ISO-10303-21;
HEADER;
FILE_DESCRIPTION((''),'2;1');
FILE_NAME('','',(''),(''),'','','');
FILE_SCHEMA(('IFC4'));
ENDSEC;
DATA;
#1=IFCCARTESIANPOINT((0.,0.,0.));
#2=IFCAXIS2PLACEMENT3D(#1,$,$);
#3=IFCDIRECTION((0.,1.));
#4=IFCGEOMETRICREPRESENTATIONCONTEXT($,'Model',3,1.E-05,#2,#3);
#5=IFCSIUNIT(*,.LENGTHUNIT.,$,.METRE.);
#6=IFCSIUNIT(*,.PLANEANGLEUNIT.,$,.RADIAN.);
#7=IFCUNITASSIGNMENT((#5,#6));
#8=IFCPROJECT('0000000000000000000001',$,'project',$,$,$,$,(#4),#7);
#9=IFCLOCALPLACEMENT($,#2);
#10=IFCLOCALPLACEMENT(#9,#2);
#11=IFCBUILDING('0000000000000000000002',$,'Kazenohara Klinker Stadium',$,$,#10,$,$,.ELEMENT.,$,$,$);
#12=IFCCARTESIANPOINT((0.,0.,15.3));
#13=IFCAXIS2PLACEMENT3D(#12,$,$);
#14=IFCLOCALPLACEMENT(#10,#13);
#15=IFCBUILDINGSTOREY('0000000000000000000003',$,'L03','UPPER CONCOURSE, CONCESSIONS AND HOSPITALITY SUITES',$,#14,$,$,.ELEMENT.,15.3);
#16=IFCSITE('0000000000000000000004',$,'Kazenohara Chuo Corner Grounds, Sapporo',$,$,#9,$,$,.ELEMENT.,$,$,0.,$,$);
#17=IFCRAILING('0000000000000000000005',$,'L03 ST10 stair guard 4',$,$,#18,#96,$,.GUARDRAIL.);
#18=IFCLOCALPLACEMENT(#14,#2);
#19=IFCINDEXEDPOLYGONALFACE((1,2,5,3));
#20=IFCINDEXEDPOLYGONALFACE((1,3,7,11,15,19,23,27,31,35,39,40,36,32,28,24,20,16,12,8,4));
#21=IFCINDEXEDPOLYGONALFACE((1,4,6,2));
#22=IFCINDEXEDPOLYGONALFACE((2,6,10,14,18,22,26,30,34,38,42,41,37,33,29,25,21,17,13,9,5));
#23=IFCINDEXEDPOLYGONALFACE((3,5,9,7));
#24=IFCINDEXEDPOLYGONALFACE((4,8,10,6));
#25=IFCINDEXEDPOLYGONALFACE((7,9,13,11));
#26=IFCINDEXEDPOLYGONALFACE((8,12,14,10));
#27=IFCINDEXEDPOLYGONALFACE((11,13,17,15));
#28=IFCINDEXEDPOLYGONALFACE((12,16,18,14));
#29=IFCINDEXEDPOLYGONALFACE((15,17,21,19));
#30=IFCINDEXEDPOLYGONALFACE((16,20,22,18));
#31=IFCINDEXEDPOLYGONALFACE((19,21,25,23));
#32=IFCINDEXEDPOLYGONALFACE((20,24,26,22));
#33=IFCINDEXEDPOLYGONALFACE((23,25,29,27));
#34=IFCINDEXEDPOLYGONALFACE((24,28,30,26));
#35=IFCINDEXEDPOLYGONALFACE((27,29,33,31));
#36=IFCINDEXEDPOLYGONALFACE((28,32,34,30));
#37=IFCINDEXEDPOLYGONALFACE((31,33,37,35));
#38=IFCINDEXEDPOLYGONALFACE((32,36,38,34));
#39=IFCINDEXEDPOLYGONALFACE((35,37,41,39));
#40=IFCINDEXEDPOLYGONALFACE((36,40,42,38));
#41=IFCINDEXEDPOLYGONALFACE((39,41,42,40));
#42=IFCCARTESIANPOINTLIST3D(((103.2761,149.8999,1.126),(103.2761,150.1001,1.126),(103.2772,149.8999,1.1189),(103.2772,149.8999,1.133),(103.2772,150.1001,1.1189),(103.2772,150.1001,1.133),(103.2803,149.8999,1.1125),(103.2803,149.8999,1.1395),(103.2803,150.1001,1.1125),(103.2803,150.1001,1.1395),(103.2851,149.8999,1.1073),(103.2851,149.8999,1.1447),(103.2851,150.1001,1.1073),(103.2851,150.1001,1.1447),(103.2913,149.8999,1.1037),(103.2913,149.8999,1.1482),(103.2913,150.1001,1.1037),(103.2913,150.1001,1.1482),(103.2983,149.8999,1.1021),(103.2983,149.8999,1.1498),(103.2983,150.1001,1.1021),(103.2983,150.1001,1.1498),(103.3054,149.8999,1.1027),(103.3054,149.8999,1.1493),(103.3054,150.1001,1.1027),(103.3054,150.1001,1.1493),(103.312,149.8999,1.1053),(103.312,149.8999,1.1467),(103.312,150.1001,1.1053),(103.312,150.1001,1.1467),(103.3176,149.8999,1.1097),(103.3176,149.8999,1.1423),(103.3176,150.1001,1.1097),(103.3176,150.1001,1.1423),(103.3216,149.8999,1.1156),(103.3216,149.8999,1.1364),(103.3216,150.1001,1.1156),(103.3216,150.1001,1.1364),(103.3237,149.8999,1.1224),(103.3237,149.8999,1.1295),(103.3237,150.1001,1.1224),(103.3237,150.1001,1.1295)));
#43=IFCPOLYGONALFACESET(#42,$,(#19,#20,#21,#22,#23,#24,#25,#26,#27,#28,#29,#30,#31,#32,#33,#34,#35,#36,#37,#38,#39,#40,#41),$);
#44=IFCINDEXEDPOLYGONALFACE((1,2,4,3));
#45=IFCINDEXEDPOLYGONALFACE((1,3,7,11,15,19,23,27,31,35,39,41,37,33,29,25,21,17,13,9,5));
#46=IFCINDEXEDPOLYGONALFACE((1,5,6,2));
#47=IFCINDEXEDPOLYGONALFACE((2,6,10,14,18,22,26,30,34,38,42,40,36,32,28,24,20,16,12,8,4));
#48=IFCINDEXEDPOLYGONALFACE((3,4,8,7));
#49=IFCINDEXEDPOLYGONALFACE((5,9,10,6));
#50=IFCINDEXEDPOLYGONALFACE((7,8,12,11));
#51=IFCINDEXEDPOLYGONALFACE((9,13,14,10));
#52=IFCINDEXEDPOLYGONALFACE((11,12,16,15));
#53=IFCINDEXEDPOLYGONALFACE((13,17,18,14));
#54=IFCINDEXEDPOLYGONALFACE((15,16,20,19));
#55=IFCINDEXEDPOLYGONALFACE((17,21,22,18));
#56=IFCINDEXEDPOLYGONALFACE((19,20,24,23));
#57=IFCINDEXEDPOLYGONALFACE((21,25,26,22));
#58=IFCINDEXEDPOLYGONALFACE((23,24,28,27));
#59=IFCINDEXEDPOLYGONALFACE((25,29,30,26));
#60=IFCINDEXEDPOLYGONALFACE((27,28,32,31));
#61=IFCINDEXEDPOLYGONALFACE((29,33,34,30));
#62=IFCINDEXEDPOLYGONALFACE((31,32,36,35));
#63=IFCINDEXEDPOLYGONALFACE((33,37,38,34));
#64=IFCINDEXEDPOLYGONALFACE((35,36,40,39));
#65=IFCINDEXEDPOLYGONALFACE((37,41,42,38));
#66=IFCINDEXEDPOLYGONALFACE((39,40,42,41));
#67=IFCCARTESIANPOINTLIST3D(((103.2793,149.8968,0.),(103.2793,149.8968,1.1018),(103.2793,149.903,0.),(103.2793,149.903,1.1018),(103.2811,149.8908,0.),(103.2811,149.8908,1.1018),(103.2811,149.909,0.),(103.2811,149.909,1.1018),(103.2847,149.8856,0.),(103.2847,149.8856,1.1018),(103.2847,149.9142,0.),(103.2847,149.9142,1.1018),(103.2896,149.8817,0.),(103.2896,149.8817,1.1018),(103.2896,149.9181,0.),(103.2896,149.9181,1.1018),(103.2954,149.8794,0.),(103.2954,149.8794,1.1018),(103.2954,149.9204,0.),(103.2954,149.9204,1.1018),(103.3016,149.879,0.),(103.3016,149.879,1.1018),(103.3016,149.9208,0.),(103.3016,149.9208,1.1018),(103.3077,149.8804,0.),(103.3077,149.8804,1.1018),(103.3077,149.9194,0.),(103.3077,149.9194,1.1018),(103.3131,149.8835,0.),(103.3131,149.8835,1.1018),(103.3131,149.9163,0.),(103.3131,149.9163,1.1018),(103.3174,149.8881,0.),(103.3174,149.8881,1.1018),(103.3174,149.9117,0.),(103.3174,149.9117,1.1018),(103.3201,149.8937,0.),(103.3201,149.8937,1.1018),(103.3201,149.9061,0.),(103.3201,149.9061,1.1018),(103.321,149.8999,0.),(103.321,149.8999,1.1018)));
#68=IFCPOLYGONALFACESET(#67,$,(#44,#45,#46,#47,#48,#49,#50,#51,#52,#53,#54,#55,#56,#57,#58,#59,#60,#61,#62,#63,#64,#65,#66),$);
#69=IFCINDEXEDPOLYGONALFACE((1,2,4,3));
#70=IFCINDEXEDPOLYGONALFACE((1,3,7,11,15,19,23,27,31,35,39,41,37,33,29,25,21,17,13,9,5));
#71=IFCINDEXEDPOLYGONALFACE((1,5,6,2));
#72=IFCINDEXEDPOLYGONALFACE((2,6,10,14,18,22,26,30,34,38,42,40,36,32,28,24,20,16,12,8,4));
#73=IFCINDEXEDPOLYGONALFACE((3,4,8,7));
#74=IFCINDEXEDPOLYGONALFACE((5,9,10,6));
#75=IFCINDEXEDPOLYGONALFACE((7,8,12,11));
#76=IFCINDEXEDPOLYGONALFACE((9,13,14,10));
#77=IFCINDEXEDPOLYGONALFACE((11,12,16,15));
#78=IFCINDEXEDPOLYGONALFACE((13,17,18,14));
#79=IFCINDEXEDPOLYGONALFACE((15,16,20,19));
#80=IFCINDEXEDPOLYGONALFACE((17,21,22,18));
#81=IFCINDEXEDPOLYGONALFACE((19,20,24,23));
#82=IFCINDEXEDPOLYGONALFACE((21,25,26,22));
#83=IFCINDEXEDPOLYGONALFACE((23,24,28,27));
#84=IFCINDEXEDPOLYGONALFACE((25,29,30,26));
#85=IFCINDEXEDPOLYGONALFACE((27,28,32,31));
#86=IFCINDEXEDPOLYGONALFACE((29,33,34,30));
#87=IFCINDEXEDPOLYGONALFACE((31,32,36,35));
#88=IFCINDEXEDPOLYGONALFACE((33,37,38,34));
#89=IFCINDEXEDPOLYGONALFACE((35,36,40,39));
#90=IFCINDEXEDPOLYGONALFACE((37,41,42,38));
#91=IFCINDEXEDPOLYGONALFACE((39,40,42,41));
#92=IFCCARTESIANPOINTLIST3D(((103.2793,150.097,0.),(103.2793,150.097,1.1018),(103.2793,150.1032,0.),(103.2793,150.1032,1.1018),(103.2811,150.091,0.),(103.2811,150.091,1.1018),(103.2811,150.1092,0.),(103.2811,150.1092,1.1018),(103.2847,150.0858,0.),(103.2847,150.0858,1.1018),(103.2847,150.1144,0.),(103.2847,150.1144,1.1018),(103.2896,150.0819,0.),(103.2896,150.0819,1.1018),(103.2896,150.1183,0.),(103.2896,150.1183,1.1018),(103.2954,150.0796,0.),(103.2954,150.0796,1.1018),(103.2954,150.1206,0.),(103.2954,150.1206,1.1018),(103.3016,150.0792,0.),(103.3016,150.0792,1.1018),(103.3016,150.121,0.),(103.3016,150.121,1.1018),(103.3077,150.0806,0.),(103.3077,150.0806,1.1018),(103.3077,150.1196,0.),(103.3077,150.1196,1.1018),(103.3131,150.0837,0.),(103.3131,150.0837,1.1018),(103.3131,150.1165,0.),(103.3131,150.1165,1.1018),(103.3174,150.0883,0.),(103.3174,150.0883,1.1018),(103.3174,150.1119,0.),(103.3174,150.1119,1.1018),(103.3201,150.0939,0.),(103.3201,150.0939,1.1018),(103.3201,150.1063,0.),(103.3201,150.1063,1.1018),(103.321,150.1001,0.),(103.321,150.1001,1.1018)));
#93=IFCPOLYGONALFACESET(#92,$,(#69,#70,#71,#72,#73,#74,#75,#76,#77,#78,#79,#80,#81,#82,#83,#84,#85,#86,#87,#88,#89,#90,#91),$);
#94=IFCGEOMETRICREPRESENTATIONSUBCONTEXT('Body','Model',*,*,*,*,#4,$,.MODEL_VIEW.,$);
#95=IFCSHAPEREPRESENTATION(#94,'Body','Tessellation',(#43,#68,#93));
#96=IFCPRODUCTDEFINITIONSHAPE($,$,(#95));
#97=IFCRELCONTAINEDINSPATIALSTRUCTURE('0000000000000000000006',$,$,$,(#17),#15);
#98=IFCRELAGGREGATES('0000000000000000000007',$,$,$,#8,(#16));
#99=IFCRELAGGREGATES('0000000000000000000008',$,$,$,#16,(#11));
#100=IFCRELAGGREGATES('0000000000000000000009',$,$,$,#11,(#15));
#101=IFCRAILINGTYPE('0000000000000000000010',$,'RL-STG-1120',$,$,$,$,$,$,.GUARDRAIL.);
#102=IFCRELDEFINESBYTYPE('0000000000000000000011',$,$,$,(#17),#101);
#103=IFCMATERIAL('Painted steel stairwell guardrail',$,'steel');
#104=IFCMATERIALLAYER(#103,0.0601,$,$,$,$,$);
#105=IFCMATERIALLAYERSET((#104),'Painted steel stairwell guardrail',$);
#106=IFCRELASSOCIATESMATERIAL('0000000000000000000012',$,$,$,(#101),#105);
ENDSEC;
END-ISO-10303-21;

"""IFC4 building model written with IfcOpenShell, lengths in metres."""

from ifc_helpers import new_model, si_unit, direction, frame, origin, origin_2d, place, context, subcontext, project, spatial, circle, extrude, material, layer, layer_set, type_object, element, save


model = new_model("IFC4")

# Units and contexts
model_context = context("Model", 3, precision=1e-05, world=origin(), true_north=direction((0.0, 1.0)))
body_context = subcontext(model_context, "Body", "Model", "MODEL_VIEW")
ifc_project = project(units=[si_unit("LENGTHUNIT", "METRE"), si_unit("PLANEANGLEUNIT", "RADIAN")], contexts=[model_context])

# Site, building, storey
site_placement = place(None, origin())
site = spatial("IfcSite", under=ifc_project, at=site_placement, Name="Kazenohara Chuo Corner Grounds, Sapporo", CompositionType="ELEMENT", RefElevation=0.0)
building_placement = place(site_placement, origin())
building = spatial("IfcBuilding", under=site, at=building_placement, Name="Kazenohara Klinker Stadium", CompositionType="ELEMENT")
storey_placement = place(building_placement, frame((0.0, 0.0, 15.3)))
storey = spatial("IfcBuildingStorey", under=building, at=storey_placement, Name="L03", Description="UPPER CONCOURSE, CONCESSIONS AND HOSPITALITY SUITES", CompositionType="ELEMENT", Elevation=15.3)

# Railing
ifc_material_1 = material(Name="Painted steel stairwell guardrail", Category="steel")
ifc_layer_1 = layer(ifc_material_1, 0.0601)
ifc_layer_set_1 = layer_set([ifc_layer_1], Name="Painted steel stairwell guardrail")
railing_type_1 = type_object("IfcRailingType", Name="RL-STG-1120", PredefinedType="GUARDRAIL", material=ifc_layer_set_1)
railing_1_placement = place(storey_placement, frame((103.3, 149.8999, 0.0)))
element("IfcRailing", 1, at=railing_1_placement, inside=storey, type_object=railing_type_1, Name="L03 ST10 stair guard 4", PredefinedType="GUARDRAIL", context=body_context, shape_type="SweptSolid", body=[
    extrude(circle(Radius=0.0239, at=origin_2d()), frame((0.0, 0.0, 1.126), z_axis=(0.0, 1.0, 0.0), x_axis=(-1.0, 0.0, 0.0)), (0.0, 0.0, 1.0), 0.2002),
    extrude(circle(Radius=0.021, at=origin_2d()), origin(), (0.0, 0.0, 1.0), 1.1018),
    extrude(circle(Radius=0.021, at=origin_2d()), frame((0.0, 0.2002, 0.0)), (0.0, 0.0, 1.0), 1.1018),
])

save(model, "model.ifc")
